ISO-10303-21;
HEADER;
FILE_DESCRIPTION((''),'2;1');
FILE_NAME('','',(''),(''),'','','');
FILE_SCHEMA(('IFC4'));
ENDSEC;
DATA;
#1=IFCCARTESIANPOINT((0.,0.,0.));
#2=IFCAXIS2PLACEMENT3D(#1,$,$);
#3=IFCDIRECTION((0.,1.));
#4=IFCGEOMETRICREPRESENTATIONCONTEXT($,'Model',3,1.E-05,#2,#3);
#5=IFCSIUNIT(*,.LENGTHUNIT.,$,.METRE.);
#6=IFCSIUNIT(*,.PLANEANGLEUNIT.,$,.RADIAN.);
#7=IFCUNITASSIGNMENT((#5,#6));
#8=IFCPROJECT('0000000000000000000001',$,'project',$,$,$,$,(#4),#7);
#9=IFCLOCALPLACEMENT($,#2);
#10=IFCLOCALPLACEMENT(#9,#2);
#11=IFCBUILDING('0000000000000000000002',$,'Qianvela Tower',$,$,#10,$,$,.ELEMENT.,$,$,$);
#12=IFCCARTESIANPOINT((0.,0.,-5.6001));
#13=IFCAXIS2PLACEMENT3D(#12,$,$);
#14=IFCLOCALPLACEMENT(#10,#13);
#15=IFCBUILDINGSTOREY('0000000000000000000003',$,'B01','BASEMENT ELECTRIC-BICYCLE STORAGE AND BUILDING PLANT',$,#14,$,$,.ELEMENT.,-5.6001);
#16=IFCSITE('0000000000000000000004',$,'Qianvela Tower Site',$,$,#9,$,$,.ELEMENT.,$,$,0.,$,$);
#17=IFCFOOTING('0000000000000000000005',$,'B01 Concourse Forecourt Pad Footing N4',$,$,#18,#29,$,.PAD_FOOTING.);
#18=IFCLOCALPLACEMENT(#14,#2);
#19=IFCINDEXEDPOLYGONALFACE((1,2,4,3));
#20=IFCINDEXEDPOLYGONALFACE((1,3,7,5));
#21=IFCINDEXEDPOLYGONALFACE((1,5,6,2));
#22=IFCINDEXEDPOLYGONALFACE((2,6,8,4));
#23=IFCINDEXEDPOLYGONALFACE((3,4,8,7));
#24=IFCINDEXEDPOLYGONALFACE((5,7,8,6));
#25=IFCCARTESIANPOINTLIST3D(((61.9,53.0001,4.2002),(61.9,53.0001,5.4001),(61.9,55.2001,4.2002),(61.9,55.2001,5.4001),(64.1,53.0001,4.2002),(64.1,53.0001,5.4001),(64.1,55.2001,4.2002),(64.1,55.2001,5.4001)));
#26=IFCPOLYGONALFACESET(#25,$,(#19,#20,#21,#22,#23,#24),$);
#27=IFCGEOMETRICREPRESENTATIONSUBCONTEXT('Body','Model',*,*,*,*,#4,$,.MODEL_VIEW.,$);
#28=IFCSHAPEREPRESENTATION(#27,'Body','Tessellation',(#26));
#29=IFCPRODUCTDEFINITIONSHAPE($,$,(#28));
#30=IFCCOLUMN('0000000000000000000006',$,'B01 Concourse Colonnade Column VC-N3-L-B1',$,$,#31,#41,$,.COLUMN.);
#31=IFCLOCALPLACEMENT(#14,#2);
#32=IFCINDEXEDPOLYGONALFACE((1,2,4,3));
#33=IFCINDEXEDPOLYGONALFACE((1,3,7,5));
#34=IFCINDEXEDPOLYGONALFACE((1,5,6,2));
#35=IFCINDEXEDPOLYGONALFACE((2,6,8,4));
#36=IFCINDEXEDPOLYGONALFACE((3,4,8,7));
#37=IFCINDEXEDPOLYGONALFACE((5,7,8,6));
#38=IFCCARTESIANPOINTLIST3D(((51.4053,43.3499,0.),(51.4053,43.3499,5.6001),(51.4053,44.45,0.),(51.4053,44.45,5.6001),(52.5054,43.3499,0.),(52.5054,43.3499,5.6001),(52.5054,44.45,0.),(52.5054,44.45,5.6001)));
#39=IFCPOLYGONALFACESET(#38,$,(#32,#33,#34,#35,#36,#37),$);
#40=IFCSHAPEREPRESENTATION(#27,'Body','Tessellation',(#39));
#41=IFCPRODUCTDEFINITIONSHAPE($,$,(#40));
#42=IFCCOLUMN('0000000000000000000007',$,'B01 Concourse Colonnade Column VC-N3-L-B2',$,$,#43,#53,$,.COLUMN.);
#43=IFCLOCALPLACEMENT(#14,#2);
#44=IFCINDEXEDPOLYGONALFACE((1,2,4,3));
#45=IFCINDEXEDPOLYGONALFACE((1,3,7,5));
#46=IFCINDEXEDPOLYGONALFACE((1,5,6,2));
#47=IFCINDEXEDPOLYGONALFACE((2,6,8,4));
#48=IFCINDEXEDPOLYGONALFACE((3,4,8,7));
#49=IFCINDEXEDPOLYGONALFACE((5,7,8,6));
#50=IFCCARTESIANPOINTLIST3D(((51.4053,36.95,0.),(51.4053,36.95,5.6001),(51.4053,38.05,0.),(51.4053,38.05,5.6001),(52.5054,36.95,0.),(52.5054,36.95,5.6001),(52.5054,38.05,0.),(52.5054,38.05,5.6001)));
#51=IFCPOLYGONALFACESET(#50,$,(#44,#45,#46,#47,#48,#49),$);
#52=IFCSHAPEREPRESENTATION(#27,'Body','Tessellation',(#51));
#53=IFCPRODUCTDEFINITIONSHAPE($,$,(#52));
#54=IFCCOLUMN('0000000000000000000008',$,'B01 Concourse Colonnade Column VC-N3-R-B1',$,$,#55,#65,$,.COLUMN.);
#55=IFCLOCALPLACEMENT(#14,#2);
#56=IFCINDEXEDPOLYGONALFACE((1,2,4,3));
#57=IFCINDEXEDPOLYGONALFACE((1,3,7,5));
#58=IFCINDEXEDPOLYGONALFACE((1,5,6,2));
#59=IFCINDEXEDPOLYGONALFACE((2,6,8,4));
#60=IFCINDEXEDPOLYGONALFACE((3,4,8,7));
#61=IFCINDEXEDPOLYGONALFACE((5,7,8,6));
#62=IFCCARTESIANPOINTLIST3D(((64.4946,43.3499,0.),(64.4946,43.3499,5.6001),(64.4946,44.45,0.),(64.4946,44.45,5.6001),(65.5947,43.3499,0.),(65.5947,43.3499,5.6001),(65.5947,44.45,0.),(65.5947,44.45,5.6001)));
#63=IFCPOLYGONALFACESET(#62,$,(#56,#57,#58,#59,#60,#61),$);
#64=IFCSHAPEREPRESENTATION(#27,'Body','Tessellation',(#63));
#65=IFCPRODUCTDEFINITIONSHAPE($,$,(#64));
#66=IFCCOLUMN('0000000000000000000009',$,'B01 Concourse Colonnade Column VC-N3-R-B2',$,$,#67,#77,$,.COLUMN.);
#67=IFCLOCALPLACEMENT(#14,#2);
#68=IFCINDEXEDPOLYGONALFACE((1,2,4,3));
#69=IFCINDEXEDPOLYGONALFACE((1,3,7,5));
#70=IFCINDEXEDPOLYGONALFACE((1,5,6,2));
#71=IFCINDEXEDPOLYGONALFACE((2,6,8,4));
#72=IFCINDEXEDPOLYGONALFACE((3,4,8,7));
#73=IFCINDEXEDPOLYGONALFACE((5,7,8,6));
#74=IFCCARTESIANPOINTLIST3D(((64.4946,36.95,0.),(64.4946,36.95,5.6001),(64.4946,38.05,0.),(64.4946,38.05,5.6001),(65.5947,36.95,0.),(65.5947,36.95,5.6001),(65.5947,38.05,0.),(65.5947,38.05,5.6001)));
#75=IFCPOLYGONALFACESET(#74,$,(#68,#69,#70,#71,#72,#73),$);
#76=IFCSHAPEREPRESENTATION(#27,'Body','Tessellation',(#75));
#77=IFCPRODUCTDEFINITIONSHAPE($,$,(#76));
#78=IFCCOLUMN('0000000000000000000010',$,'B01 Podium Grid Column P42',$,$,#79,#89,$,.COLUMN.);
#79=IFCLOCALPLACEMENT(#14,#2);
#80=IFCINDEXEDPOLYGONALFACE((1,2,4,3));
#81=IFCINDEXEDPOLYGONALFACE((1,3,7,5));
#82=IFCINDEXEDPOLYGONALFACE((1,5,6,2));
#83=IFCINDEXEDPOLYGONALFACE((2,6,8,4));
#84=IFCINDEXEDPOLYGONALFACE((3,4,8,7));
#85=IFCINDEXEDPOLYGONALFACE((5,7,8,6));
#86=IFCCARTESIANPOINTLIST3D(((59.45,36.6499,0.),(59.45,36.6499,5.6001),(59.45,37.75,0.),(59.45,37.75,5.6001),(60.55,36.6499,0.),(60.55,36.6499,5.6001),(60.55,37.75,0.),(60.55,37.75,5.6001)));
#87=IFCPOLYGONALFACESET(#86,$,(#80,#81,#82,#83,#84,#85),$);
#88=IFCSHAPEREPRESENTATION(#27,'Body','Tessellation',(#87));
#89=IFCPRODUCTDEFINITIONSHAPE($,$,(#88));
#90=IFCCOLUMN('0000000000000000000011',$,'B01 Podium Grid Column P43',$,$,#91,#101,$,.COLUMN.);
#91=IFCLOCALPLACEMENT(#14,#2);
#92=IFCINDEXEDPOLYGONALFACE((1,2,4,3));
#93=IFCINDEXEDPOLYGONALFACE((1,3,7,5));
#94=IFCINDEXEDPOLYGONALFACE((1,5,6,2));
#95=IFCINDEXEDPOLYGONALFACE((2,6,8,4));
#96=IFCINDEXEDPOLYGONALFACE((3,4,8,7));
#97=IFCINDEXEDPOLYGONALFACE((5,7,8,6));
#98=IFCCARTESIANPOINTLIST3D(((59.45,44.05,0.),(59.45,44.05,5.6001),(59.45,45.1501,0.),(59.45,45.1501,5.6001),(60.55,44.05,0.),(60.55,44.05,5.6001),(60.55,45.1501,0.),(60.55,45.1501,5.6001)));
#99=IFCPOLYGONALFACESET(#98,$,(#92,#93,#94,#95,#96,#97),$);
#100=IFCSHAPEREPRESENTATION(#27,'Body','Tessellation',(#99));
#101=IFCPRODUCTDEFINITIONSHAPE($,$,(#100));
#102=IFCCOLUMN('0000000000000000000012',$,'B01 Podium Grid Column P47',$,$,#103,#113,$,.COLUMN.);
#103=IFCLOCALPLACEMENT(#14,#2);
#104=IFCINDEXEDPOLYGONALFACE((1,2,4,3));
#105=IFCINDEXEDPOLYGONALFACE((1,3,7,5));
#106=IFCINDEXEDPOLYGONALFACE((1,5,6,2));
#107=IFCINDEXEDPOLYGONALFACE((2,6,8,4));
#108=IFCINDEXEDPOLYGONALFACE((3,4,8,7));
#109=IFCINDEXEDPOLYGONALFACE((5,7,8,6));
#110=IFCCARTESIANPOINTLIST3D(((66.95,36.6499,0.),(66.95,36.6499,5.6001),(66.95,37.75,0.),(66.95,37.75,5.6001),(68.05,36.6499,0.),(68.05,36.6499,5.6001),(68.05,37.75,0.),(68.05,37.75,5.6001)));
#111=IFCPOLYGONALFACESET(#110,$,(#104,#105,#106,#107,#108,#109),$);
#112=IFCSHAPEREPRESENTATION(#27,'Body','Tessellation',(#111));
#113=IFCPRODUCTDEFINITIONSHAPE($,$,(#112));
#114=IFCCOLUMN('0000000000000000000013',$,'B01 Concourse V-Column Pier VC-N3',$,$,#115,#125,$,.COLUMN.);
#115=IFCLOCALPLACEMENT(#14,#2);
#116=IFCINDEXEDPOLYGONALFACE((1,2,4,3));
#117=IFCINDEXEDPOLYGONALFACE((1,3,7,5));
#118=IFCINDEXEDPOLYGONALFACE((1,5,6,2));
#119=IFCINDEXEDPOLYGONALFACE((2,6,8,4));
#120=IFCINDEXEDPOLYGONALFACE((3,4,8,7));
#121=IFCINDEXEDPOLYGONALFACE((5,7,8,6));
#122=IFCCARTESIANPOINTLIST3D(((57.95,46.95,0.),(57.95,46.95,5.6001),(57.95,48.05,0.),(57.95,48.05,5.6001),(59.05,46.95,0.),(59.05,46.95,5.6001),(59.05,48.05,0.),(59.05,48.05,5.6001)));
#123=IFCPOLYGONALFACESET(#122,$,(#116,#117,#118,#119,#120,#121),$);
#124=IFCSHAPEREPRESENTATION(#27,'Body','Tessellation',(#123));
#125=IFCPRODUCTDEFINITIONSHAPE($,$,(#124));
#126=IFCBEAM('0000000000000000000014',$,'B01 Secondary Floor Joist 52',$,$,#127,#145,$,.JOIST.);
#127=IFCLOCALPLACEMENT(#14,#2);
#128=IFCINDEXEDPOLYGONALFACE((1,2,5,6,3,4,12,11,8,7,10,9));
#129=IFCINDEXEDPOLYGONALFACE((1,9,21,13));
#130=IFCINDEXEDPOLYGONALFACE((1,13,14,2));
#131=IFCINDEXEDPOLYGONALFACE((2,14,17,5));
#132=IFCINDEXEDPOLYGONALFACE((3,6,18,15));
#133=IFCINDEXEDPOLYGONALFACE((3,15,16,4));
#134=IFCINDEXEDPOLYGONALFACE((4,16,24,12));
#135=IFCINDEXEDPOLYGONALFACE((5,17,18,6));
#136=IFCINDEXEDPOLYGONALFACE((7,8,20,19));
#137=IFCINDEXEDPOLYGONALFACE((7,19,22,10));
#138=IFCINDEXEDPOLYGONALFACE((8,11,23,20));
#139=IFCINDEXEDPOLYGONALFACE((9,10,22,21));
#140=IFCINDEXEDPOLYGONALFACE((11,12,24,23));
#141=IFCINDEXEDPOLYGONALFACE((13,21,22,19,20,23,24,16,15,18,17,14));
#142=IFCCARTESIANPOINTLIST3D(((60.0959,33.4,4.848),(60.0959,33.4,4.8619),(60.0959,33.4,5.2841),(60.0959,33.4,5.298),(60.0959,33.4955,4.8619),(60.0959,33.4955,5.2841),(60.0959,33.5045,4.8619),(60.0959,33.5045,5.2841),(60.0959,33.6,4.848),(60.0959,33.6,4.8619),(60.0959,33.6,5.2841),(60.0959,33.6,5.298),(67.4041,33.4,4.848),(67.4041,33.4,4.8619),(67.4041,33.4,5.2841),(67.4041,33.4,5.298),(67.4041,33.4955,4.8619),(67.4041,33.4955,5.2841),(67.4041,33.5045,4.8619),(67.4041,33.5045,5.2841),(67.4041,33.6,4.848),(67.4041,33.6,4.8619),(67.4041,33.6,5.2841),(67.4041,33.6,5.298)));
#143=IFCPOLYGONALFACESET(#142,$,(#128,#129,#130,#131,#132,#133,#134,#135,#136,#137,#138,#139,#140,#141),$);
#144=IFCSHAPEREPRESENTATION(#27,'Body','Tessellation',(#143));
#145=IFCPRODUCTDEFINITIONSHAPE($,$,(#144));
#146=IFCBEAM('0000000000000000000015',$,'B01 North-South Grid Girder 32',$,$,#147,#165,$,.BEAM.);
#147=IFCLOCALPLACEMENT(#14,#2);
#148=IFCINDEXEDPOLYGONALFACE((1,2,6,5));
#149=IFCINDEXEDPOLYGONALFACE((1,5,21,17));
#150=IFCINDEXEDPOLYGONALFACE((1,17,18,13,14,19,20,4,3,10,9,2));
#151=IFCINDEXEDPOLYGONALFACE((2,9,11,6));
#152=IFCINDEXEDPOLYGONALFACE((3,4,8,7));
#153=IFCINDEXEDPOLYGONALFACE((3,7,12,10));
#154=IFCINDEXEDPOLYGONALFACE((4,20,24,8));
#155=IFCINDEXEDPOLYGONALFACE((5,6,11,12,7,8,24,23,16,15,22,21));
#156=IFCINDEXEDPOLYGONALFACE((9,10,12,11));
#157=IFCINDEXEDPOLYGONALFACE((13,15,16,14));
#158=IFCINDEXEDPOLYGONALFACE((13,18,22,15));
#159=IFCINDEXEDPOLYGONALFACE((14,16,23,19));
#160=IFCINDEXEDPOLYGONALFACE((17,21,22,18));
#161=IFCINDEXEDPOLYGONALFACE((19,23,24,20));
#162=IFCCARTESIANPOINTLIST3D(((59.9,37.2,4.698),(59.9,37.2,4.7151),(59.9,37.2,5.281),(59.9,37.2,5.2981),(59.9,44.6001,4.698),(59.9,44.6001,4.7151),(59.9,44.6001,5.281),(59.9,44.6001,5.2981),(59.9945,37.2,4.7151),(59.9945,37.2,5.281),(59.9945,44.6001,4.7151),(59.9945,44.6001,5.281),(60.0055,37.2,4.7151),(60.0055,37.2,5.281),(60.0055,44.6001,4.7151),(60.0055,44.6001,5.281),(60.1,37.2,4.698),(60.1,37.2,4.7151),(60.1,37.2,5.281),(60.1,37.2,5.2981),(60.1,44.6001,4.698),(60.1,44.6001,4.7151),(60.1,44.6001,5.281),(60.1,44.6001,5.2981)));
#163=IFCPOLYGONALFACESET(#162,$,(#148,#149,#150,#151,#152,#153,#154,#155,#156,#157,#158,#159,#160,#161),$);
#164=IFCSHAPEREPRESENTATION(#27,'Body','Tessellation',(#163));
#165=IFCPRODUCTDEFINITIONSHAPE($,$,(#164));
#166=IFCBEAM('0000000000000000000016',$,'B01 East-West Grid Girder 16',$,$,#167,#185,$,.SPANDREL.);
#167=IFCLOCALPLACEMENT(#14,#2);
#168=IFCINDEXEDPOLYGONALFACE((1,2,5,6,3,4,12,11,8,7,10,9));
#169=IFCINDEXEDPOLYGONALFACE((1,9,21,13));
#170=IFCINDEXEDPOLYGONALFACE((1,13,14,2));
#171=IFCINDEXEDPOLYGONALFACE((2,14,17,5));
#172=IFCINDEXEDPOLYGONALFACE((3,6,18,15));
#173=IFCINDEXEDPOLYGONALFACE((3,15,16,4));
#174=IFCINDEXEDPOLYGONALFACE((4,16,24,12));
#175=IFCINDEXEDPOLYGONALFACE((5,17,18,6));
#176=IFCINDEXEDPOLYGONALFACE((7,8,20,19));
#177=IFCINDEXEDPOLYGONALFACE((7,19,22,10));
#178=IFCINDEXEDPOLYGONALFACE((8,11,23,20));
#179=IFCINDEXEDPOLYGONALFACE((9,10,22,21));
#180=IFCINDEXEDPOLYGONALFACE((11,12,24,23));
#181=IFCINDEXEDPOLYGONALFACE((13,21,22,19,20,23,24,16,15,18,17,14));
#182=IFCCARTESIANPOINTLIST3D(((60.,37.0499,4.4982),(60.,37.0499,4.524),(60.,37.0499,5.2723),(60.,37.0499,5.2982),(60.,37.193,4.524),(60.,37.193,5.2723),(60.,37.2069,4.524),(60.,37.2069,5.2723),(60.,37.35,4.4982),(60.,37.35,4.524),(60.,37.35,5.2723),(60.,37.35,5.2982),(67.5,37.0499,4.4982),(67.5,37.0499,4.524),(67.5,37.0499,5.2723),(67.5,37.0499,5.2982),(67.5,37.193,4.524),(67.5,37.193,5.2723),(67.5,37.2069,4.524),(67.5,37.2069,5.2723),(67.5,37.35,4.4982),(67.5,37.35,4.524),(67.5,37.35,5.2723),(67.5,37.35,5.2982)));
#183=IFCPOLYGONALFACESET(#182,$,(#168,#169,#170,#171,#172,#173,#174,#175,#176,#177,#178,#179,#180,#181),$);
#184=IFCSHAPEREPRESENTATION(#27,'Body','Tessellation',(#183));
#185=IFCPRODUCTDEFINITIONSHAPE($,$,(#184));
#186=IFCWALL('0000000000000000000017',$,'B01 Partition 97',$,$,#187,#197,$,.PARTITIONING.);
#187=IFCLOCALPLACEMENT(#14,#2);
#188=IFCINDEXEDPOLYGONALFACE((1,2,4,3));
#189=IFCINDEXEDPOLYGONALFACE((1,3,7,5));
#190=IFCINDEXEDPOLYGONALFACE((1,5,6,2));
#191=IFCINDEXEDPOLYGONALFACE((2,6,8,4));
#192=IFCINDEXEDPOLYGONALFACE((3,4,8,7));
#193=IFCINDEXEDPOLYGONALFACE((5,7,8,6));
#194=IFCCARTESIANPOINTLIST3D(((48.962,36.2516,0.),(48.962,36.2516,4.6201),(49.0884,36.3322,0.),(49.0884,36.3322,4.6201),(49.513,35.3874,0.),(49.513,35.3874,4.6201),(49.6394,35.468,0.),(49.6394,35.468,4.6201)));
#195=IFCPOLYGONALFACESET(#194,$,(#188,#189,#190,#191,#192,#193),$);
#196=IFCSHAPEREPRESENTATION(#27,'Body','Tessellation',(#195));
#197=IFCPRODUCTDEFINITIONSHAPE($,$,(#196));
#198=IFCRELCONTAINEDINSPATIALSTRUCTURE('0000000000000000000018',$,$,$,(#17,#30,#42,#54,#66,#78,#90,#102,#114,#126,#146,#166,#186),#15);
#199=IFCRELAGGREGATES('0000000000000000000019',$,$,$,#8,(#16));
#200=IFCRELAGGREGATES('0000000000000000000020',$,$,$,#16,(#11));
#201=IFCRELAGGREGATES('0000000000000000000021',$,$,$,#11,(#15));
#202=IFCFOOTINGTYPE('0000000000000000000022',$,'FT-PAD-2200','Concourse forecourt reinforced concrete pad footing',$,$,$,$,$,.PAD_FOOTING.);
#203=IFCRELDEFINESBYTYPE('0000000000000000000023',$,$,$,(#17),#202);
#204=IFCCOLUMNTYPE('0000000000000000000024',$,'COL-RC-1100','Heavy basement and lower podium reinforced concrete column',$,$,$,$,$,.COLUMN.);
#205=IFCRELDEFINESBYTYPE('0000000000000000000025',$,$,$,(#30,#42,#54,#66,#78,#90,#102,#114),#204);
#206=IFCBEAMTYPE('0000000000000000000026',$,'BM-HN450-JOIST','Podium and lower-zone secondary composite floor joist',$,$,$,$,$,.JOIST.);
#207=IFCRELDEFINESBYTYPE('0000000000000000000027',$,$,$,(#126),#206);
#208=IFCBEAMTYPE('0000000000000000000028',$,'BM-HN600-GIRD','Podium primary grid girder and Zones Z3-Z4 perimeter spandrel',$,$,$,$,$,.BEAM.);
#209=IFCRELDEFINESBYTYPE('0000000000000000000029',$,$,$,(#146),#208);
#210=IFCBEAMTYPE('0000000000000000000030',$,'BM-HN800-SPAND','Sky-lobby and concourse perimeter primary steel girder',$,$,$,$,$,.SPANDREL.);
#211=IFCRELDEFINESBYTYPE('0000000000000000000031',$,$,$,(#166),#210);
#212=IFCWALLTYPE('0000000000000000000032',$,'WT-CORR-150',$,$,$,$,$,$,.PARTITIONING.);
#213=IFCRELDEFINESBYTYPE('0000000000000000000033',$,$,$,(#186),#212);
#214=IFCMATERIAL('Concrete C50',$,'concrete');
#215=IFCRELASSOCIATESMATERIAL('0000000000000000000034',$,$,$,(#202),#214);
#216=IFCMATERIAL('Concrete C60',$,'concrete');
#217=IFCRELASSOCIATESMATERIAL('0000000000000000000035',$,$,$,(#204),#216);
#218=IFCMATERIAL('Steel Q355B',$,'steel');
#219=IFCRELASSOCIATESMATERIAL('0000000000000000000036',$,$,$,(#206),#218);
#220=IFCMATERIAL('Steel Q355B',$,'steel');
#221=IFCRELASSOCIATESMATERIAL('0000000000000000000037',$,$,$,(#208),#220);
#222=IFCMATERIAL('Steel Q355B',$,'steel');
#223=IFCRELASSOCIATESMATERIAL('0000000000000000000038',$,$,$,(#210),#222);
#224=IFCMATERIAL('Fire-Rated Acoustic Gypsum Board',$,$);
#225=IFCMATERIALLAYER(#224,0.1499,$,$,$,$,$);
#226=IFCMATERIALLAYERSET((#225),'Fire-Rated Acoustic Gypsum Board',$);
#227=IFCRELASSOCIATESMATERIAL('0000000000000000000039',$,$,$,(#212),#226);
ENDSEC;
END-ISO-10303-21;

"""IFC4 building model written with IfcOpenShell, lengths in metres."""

from ifc_helpers import new_model, si_unit, direction, frame, frame_2d, origin, origin_2d, place, context, subcontext, project, spatial, rectangle, i_section, extrude, material, layer, layer_set, material_profile, profile_set, type_object, element, save


model = new_model("IFC4")

# Units and contexts
model_context = context("Model", 3, precision=1e-05, world=origin(), true_north=direction((0.0, 1.0)))
body_context = subcontext(model_context, "Body", "Model", "MODEL_VIEW")
ifc_project = project(units=[si_unit("LENGTHUNIT", "METRE"), si_unit("PLANEANGLEUNIT", "RADIAN")], contexts=[model_context])

# Site, building, storey
site_placement = place(None, origin())
site = spatial("IfcSite", under=ifc_project, at=site_placement, Name="Qianvela Tower Site", CompositionType="ELEMENT", RefElevation=0.0)
building_placement = place(site_placement, origin())
building = spatial("IfcBuilding", under=site, at=building_placement, Name="Qianvela Tower", CompositionType="ELEMENT")
storey_placement = place(building_placement, frame((0.0, 0.0, -5.6001)))
storey = spatial("IfcBuildingStorey", under=building, at=storey_placement, Name="B01", Description="BASEMENT ELECTRIC-BICYCLE STORAGE AND BUILDING PLANT", CompositionType="ELEMENT", Elevation=-5.6001)

# Footing
ifc_material_1 = material(Name="Concrete C50", Category="concrete")
footing_type = type_object("IfcFootingType", Name="FT-PAD-2200", Description="Concourse forecourt reinforced concrete pad footing", PredefinedType="PAD_FOOTING", material=ifc_material_1)
footing_placement = place(storey_placement, frame((63.0, 54.1001, 4.2002), z_axis=(0.0, 0.0, 1.0), x_axis=(1.0, 0.0, 0.0)))
element("IfcFooting", 1, at=footing_placement, inside=storey, type_object=footing_type, Name="B01 Concourse Forecourt Pad Footing N4", PredefinedType="PAD_FOOTING", context=body_context, shape_type="SweptSolid", body=[
    extrude(rectangle(XDim=2.2, YDim=2.2, at=origin_2d()), origin(), (0.0, 0.0, 1.0), 1.2),
])

# Columns
ifc_material_2 = material(Name="Concrete C60", Category="concrete")
ifc_material_profile_1 = material_profile(ifc_material_2, rectangle(XDim=1.1001, YDim=1.1001, at=origin_2d()), Name="RC-COL-1100x1100")
ifc_profile_set_1 = profile_set([ifc_material_profile_1], Name="Concrete C60")
column_type = type_object("IfcColumnType", Name="COL-RC-1100", Description="Heavy basement and lower podium reinforced concrete column", PredefinedType="COLUMN", material=ifc_profile_set_1)
for number, where, z_axis, x_axis, name in (
    (2, (51.9553, 43.8999, 0.0), (0.0, 0.0, 1.0), (1.0, 0.0, 0.0), "B01 Concourse Colonnade Column VC-N3-L-B1"),
    (3, (51.9553, 37.5, 0.0), (0.0, 0.0, 1.0), (1.0, 0.0, 0.0), "B01 Concourse Colonnade Column VC-N3-L-B2"),
    (4, (65.0447, 43.8999, 0.0), (0.0, 0.0, 1.0), (1.0, 0.0, 0.0), "B01 Concourse Colonnade Column VC-N3-R-B1"),
    (5, (65.0447, 37.5, 0.0), (0.0, 0.0, 1.0), (1.0, 0.0, 0.0), "B01 Concourse Colonnade Column VC-N3-R-B2"),
    (6, (60.0, 37.2, 0.0), (0.0, 0.0, 1.0), (1.0, 0.0, 0.0), "B01 Podium Grid Column P42"),
    (7, (60.0, 44.6001, 0.0), (0.0, 0.0, 1.0), (1.0, 0.0, 0.0), "B01 Podium Grid Column P43"),
    (8, (67.5, 37.2, 0.0), (0.0, 0.0, 1.0), (1.0, 0.0, 0.0), "B01 Podium Grid Column P47"),
    (9, (58.5, 47.5, 0.0), (0.0, 0.0, 1.0), (1.0, 0.0, 0.0), "B01 Concourse V-Column Pier VC-N3"),
):
    element("IfcColumn", number, at=place(storey_placement, frame(where, z_axis=z_axis, x_axis=x_axis)), inside=storey, type_object=column_type, Name=name, PredefinedType="COLUMN", context=body_context, shape_type="SweptSolid", body=[
        extrude(rectangle(XDim=1.1001, YDim=1.1001, at=origin_2d()), origin(), (0.0, 0.0, 1.0), 5.6001),
    ])

# Beams
ifc_material_3 = material(Name="Steel Q355B", Category="steel")
ifc_material_profile_2 = material_profile(ifc_material_3, i_section(OverallWidth=0.2, OverallDepth=0.45, WebThickness=0.009, FlangeThickness=0.0139, at=origin_2d()), Name="HN450x200x9x14")
ifc_profile_set_2 = profile_set([ifc_material_profile_2], Name="Steel Q355B")
beam_type_1 = type_object("IfcBeamType", Name="BM-HN450-JOIST", Description="Podium and lower-zone secondary composite floor joist", PredefinedType="JOIST", material=ifc_profile_set_2)
beam_1_placement = place(storey_placement, frame((60.0959, 33.5, 5.073), z_axis=(1.0, 0.0, 0.0), x_axis=(0.0, 1.0, 0.0)))
element("IfcBeam", 10, at=beam_1_placement, inside=storey, type_object=beam_type_1, Name="B01 Secondary Floor Joist 52", PredefinedType="JOIST", context=body_context, shape_type="SweptSolid", body=[
    extrude(i_section(OverallWidth=0.2, OverallDepth=0.45, WebThickness=0.009, FlangeThickness=0.0139, at=origin_2d()), origin(), (0.0, 0.0, 1.0), 7.3081),
])
ifc_material_4 = material(Name="Steel Q355B", Category="steel")
ifc_material_profile_3 = material_profile(ifc_material_4, i_section(OverallWidth=0.2, OverallDepth=0.6001, WebThickness=0.011, FlangeThickness=0.0171, at=origin_2d()), Name="HN600x200x11x17")
ifc_profile_set_3 = profile_set([ifc_material_profile_3], Name="Steel Q355B")
beam_type_2 = type_object("IfcBeamType", Name="BM-HN600-GIRD", Description="Podium primary grid girder and Zones Z3-Z4 perimeter spandrel", PredefinedType="BEAM", material=ifc_profile_set_3)
beam_2_placement = place(storey_placement, frame((60.0, 37.2, 4.998), z_axis=(0.0, 1.0, 0.0), x_axis=(-1.0, 0.0, 0.0)))
element("IfcBeam", 11, at=beam_2_placement, inside=storey, type_object=beam_type_2, Name="B01 North-South Grid Girder 32", PredefinedType="BEAM", context=body_context, shape_type="SweptSolid", body=[
    extrude(i_section(OverallWidth=0.2, OverallDepth=0.6001, WebThickness=0.011, FlangeThickness=0.0171, at=origin_2d()), origin(), (0.0, 0.0, 1.0), 7.4001),
])
ifc_material_5 = material(Name="Steel Q355B", Category="steel")
ifc_material_profile_4 = material_profile(ifc_material_5, i_section(OverallWidth=0.3, OverallDepth=0.8, WebThickness=0.0139, FlangeThickness=0.0259, at=origin_2d()), Name="HN800x300x14x26")
ifc_profile_set_4 = profile_set([ifc_material_profile_4], Name="Steel Q355B")
beam_type_3 = type_object("IfcBeamType", Name="BM-HN800-SPAND", Description="Sky-lobby and concourse perimeter primary steel girder", PredefinedType="SPANDREL", material=ifc_profile_set_4)
beam_3_placement = place(storey_placement, frame((60.0, 37.2, 4.8982), z_axis=(1.0, 0.0, 0.0), x_axis=(0.0, 1.0, 0.0)))
element("IfcBeam", 12, at=beam_3_placement, inside=storey, type_object=beam_type_3, Name="B01 East-West Grid Girder 16", PredefinedType="SPANDREL", context=body_context, shape_type="SweptSolid", body=[
    extrude(i_section(OverallWidth=0.3, OverallDepth=0.8, WebThickness=0.0139, FlangeThickness=0.0259, at=origin_2d()), origin(), (0.0, 0.0, 1.0), 7.5),
])

# Wall
ifc_material_6 = material(Name="Fire-Rated Acoustic Gypsum Board")
ifc_layer_1 = layer(ifc_material_6, 0.1499)
ifc_layer_set_1 = layer_set([ifc_layer_1], Name="Fire-Rated Acoustic Gypsum Board")
wall_type_1 = type_object("IfcWallType", Name="WT-CORR-150", PredefinedType="PARTITIONING", material=ifc_layer_set_1)
wall_1_placement = place(storey_placement, frame((49.5762, 35.4277, 0.0), z_axis=(0.0, 0.0, 1.0), x_axis=(-0.5376, 0.8432, 0.0)))
element("IfcWall", 13, at=wall_1_placement, inside=storey, type_object=wall_type_1, Name="B01 Partition 97", PredefinedType="PARTITIONING", context=body_context, shape_type="SweptSolid", body=[
    extrude(rectangle(XDim=1.0249, YDim=0.1499, at=frame_2d((0.5125, 0.0))), origin(), (0.0, 0.0, 1.0), 4.6201),
])

save(model, "model.ifc")
